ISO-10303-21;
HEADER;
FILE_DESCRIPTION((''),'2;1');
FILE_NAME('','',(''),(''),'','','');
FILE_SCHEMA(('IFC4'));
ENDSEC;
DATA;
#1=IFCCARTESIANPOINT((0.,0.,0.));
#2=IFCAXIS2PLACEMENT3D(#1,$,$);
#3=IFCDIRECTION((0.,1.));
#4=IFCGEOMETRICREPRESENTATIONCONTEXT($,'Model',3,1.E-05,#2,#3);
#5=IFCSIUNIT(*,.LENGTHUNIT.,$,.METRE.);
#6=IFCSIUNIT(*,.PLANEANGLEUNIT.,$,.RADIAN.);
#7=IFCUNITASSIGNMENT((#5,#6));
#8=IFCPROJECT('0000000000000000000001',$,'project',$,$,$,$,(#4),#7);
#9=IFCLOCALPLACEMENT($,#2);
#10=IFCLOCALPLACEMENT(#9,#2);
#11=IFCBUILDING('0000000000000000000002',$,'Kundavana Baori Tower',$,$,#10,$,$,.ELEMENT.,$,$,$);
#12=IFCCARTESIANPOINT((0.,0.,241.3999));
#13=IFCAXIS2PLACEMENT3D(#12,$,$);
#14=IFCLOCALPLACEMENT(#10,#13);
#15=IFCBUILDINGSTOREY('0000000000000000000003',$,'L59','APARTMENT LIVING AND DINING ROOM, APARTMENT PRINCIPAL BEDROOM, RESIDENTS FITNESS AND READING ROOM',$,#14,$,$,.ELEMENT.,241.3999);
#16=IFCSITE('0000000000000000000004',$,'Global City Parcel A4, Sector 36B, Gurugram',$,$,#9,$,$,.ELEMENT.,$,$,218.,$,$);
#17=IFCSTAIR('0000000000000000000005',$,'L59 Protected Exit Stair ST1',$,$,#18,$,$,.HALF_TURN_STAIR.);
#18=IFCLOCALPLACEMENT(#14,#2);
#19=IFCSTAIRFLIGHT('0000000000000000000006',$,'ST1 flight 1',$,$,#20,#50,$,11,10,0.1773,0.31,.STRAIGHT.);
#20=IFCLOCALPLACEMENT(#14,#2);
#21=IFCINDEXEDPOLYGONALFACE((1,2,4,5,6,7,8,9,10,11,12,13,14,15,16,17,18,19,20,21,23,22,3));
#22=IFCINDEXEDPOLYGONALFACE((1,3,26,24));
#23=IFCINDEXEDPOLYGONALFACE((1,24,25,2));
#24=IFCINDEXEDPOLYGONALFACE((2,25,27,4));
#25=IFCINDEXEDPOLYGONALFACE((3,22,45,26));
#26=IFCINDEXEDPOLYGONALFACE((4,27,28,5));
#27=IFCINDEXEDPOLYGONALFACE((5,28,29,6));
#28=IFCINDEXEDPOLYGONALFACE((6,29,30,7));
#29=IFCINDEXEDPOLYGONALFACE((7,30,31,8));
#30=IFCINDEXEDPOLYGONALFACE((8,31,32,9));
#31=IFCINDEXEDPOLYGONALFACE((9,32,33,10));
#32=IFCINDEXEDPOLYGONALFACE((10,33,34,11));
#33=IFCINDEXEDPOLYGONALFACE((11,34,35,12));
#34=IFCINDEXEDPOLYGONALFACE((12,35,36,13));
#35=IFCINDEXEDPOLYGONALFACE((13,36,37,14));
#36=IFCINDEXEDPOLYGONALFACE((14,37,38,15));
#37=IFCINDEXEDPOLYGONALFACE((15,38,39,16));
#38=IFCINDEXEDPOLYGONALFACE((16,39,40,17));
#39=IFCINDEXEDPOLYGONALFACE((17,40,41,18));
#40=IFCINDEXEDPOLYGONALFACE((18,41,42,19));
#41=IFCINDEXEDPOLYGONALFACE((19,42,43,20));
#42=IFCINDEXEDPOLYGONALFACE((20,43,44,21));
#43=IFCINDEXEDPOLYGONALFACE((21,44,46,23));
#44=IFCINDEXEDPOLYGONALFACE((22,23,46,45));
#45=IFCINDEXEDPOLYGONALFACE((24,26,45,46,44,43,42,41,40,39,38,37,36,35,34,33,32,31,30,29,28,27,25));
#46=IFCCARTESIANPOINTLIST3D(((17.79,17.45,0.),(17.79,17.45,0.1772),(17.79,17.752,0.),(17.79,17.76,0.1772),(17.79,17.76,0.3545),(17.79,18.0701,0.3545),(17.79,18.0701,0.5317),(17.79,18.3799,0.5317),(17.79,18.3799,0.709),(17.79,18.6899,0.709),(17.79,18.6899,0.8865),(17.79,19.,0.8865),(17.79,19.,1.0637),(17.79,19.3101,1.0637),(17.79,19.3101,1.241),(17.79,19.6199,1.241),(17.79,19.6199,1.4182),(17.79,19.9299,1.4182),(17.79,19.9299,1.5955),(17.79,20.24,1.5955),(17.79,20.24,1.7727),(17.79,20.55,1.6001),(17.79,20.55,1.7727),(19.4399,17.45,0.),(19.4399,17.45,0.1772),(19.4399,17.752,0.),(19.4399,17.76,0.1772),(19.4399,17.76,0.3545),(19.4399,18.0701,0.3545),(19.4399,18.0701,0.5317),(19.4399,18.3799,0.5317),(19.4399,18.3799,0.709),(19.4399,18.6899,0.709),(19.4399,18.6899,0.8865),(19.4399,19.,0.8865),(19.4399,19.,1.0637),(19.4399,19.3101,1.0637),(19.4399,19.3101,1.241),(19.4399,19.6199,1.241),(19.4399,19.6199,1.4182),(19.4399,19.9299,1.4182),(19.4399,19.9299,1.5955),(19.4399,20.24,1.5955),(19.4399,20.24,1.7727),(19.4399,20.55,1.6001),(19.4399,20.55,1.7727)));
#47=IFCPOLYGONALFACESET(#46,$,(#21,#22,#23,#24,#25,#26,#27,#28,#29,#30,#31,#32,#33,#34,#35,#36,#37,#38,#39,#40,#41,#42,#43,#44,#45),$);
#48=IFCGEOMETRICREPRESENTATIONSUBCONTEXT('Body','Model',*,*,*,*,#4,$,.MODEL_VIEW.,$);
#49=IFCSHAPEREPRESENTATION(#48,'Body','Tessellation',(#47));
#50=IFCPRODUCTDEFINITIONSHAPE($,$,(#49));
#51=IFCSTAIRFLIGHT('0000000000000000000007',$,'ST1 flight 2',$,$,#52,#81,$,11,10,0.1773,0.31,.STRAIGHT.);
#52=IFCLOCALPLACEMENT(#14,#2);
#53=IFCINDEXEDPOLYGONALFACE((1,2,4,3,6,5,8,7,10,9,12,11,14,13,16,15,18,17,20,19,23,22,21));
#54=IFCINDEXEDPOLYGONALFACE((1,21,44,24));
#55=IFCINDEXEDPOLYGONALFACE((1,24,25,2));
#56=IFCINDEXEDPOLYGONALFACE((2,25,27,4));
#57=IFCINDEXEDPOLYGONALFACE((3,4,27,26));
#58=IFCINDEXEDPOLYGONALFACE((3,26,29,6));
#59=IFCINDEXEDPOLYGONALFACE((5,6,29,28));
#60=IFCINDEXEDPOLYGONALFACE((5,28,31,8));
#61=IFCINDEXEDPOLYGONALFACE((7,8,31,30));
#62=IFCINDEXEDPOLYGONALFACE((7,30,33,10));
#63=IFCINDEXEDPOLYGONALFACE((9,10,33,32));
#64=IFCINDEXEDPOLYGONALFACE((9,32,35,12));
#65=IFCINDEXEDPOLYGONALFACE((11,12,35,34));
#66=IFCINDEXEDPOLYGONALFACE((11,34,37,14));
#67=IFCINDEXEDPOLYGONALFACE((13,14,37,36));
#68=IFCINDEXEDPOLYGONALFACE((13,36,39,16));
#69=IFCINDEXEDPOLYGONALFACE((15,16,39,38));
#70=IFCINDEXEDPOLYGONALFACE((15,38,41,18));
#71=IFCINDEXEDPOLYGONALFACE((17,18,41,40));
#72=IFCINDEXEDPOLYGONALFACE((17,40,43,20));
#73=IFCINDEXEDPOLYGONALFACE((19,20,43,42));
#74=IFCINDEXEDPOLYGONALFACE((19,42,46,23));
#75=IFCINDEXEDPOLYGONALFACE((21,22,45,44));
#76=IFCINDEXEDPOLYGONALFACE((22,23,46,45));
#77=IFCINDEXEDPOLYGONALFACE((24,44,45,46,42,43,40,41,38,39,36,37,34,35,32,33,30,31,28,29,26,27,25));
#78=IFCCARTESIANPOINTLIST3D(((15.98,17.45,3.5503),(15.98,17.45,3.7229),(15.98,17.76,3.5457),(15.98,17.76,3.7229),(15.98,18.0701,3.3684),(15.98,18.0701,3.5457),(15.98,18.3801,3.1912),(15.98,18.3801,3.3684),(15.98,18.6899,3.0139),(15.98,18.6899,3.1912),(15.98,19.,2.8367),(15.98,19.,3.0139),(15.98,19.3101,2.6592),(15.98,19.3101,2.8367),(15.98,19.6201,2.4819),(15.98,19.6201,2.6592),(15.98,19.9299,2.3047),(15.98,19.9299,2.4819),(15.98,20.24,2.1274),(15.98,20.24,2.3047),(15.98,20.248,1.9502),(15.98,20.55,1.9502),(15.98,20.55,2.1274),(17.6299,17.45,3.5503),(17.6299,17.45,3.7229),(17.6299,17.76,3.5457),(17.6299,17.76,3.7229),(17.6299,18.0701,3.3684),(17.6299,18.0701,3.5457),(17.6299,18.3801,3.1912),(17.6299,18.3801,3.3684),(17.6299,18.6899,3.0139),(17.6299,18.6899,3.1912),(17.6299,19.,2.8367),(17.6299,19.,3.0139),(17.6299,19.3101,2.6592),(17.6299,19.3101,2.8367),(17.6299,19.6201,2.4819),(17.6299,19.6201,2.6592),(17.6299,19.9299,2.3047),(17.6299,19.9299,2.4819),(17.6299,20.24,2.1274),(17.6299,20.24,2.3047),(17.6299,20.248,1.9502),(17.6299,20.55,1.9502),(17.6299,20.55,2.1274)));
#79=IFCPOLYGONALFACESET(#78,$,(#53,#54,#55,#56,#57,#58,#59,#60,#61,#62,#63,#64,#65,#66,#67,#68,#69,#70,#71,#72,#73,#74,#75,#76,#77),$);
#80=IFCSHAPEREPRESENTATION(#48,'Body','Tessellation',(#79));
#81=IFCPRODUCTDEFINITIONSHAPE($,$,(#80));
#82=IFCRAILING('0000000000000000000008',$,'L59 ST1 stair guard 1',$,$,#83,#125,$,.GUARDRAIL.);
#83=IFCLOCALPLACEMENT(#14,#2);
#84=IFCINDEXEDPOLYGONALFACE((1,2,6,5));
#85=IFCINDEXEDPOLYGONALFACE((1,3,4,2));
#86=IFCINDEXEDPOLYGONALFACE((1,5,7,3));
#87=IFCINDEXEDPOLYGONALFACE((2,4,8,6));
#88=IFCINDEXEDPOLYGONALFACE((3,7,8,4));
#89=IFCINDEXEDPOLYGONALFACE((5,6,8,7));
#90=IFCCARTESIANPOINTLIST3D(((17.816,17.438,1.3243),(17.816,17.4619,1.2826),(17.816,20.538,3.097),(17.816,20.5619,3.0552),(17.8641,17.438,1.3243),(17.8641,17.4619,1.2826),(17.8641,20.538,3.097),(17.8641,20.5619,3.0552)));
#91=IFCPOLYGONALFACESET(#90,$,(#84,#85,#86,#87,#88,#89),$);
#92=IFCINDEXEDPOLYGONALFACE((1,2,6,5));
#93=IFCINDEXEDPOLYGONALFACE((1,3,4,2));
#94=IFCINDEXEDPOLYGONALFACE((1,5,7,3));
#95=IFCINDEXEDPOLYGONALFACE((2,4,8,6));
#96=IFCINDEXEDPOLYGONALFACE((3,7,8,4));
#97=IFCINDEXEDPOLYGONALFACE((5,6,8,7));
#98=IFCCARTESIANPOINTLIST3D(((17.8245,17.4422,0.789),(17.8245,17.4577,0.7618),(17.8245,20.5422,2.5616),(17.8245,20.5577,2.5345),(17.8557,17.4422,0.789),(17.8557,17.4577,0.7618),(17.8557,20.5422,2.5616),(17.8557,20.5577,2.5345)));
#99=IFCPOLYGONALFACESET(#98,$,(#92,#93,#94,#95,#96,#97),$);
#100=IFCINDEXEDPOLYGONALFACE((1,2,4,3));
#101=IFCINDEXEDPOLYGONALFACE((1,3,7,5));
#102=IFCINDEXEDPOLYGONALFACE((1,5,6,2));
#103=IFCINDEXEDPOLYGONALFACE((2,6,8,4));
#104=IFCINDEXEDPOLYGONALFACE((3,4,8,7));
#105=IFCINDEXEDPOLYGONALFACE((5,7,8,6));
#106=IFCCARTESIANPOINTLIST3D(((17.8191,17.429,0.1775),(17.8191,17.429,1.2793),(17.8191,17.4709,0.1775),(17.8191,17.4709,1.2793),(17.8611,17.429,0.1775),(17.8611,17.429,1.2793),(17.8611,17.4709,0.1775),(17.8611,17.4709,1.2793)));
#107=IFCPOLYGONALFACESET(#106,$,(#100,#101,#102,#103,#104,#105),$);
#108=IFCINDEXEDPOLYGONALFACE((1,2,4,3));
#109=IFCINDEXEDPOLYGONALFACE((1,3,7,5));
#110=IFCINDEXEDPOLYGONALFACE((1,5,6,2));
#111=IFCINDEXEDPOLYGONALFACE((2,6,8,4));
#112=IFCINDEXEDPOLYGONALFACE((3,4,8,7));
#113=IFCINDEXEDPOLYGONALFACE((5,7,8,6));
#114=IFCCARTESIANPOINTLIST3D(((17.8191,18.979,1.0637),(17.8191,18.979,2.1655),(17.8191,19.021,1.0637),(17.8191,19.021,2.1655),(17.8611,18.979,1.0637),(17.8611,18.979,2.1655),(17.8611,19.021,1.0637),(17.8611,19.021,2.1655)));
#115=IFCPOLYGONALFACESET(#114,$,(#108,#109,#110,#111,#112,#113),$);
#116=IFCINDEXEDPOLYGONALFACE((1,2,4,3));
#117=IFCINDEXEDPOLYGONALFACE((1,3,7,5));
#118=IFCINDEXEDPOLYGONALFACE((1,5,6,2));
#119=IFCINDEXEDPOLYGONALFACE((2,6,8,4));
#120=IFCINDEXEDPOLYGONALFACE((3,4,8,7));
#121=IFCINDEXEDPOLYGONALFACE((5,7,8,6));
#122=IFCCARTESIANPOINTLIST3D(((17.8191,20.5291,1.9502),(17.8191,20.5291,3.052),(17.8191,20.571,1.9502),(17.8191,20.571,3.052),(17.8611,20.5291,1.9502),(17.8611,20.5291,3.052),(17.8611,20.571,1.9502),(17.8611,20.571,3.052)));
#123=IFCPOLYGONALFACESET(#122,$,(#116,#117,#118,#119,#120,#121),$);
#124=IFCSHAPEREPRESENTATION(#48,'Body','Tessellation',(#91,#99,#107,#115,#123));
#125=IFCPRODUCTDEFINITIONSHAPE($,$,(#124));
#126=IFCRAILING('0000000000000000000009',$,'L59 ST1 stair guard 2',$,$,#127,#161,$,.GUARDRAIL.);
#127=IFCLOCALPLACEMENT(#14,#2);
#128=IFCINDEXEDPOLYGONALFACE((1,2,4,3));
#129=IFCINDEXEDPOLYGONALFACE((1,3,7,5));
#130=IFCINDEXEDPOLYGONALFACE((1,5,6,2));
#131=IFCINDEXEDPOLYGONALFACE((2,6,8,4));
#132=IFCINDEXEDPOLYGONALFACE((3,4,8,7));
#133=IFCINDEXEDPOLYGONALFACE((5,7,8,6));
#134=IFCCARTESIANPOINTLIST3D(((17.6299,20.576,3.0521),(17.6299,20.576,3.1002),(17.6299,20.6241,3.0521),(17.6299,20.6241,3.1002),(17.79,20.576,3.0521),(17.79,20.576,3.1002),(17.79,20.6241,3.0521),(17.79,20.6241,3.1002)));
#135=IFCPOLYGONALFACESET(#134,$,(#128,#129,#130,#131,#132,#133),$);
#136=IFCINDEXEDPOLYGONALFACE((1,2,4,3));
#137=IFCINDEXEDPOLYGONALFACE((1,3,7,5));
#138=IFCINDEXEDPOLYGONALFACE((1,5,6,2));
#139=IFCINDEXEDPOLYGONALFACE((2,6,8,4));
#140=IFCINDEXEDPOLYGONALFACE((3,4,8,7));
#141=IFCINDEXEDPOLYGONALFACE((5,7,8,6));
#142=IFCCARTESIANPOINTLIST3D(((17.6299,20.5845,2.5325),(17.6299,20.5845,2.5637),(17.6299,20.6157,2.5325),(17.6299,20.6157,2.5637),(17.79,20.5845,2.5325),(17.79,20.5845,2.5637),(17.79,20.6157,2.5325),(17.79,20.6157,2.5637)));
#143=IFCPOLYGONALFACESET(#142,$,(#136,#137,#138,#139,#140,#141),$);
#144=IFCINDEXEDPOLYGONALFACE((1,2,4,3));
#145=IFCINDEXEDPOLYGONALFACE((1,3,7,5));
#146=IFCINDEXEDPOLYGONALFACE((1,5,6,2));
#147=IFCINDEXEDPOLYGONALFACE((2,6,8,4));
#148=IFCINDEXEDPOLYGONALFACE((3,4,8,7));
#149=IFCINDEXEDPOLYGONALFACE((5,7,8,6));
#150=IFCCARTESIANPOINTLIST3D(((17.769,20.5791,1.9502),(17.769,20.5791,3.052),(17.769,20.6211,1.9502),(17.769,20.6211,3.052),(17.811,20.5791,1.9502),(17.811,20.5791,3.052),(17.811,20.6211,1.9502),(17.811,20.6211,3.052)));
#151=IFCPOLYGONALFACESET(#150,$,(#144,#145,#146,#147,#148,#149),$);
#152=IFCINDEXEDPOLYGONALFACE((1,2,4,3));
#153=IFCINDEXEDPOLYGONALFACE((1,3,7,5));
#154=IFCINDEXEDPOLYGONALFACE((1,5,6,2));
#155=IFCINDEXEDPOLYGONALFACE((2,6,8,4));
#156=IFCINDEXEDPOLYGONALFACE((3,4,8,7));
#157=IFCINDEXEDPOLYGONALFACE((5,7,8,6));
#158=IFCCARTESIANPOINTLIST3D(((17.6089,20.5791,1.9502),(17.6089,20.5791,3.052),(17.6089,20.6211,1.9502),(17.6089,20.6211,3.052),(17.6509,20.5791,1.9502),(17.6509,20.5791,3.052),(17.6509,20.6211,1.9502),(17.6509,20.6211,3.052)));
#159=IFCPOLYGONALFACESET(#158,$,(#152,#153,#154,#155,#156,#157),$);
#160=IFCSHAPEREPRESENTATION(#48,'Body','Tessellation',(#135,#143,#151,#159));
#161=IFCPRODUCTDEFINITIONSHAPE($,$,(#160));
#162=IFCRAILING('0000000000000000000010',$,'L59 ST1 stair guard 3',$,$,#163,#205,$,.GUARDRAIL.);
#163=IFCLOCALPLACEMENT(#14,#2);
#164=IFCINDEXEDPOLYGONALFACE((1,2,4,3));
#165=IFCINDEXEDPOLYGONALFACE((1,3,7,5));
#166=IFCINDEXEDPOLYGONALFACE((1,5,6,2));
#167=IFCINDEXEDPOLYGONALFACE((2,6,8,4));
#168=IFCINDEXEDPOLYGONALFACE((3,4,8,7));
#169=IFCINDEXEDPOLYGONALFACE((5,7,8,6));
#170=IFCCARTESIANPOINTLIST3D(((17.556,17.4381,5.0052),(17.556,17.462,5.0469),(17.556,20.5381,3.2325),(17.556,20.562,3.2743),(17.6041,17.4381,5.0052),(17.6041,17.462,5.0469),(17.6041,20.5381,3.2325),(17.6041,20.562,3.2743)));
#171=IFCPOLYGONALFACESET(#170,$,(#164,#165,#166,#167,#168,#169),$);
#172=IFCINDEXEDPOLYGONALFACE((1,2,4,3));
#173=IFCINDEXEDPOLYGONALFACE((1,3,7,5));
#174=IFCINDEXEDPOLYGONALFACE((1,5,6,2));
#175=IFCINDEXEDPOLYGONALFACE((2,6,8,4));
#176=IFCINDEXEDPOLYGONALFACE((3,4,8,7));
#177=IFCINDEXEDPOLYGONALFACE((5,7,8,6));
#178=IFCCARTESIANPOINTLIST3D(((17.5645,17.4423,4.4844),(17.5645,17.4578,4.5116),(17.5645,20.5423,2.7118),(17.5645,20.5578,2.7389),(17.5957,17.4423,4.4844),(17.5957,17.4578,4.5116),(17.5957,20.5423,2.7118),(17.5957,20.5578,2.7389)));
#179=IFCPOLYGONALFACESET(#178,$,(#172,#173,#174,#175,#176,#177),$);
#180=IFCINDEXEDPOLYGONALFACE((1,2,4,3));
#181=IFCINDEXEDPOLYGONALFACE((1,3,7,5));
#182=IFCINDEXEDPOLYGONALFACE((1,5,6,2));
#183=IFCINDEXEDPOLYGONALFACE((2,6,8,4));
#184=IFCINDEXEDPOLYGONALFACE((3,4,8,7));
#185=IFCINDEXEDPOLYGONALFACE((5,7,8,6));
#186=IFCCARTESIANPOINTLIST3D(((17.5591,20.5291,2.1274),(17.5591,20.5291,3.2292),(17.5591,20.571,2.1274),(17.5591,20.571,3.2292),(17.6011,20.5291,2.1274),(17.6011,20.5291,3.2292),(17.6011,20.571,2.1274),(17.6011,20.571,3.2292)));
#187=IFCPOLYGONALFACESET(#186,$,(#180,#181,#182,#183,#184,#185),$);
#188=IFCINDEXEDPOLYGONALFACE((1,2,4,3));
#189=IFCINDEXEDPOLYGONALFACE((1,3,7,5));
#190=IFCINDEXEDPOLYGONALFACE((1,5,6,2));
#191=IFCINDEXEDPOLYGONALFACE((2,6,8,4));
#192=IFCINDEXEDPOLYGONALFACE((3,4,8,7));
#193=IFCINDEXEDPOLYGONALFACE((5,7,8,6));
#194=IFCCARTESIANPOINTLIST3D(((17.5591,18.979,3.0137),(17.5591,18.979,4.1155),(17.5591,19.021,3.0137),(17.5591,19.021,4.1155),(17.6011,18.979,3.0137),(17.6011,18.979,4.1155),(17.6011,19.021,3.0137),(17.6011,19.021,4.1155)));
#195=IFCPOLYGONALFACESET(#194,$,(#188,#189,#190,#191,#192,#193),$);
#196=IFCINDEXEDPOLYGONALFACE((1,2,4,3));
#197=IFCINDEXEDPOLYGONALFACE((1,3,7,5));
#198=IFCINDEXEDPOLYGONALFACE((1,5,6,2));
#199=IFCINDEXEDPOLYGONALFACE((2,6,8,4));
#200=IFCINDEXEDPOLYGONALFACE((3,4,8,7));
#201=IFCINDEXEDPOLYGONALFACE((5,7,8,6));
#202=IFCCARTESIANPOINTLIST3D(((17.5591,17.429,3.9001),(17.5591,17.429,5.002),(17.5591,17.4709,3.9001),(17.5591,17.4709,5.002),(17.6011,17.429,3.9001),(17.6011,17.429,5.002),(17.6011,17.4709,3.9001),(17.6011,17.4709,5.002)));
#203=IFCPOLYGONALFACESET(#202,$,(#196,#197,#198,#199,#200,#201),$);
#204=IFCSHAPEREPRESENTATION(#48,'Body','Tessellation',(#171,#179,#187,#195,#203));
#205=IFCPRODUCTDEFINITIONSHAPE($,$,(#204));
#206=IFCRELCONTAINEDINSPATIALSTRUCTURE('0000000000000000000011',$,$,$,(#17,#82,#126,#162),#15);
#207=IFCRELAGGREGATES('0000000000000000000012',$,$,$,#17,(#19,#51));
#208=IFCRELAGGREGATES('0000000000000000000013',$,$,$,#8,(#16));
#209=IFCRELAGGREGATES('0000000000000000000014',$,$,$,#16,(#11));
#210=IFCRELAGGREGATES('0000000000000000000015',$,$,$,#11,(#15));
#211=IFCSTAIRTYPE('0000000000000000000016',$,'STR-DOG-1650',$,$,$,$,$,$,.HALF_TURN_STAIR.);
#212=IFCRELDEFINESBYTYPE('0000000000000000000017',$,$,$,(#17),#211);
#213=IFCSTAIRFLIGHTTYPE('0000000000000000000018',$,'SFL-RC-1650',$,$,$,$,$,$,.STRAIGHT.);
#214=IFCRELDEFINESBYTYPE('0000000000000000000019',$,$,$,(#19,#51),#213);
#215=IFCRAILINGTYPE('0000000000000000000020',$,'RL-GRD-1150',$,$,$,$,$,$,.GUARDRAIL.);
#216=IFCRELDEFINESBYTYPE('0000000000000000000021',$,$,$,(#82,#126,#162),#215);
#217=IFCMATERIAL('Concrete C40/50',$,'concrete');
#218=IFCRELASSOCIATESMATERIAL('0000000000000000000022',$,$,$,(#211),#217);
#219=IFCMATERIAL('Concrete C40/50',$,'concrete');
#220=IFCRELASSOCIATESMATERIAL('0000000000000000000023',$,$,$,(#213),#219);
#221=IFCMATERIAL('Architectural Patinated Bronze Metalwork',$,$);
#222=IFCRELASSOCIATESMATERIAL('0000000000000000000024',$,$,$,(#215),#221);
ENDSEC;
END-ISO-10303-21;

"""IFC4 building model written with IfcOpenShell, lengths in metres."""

from ifc_helpers import new_model, si_unit, direction, frame, origin, origin_2d, place, context, subcontext, project, spatial, polyline, rectangle, outline, extrude, material, type_object, element, aggregate, save


model = new_model("IFC4")

# Units and contexts
model_context = context("Model", 3, precision=1e-05, world=origin(), true_north=direction((0.0, 1.0)))
body_context = subcontext(model_context, "Body", "Model", "MODEL_VIEW")
ifc_project = project(units=[si_unit("LENGTHUNIT", "METRE"), si_unit("PLANEANGLEUNIT", "RADIAN")], contexts=[model_context])

# Site, building, storey
site_placement = place(None, origin())
site = spatial("IfcSite", under=ifc_project, at=site_placement, Name="Global City Parcel A4, Sector 36B, Gurugram", CompositionType="ELEMENT", RefElevation=218.0)
building_placement = place(site_placement, origin())
building = spatial("IfcBuilding", under=site, at=building_placement, Name="Kundavana Baori Tower", CompositionType="ELEMENT")
storey_placement = place(building_placement, frame((0.0, 0.0, 241.3999)))
storey = spatial("IfcBuildingStorey", under=building, at=storey_placement, Name="L59", Description="APARTMENT LIVING AND DINING ROOM, APARTMENT PRINCIPAL BEDROOM, RESIDENTS FITNESS AND READING ROOM", CompositionType="ELEMENT", Elevation=241.3999)

# Stair, stair flights
ifc_material_1 = material(Name="Concrete C40/50", Category="concrete")
stair_type = type_object("IfcStairType", Name="STR-DOG-1650", PredefinedType="HALF_TURN_STAIR", material=ifc_material_1)
stair_placement = place(storey_placement, origin())
stair = element("IfcStair", 1, at=stair_placement, inside=storey, type_object=stair_type, Name="L59 Protected Exit Stair ST1", PredefinedType="HALF_TURN_STAIR")
ifc_material_2 = material(Name="Concrete C40/50", Category="concrete")
stair_flight_type = type_object("IfcStairFlightType", Name="SFL-RC-1650", PredefinedType="STRAIGHT", material=ifc_material_2)
stair_flight_1_placement = place(storey_placement, frame((18.615, 17.45, 0.0), z_axis=(0.0, 0.0, 1.0), x_axis=(0.0, 1.0, 0.0)))
stair_flight_1 = element("IfcStairFlight", 2, at=stair_flight_1_placement, type_object=stair_flight_type, Name="ST1 flight 1", NumberOfRisers=11, NumberOfTreads=10, PredefinedType="STRAIGHT", RiserHeight=0.1773, TreadLength=0.31, context=body_context, shape_type="SweptSolid", body=[
    extrude(outline(polyline([(0.0, 0.0), (0.0, 0.1772), (0.3101, 0.1772), (0.3101, 0.3545), (0.6201, 0.3545), (0.6201, 0.5317), (0.9299, 0.5317), (0.9299, 0.709), (1.24, 0.709), (1.24, 0.8865), (1.55, 0.8865), (1.55, 1.0637), (1.8601, 1.0637), (1.8601, 1.241), (2.1699, 1.241), (2.1699, 1.4182), (2.48, 1.4182), (2.48, 1.5955), (2.79, 1.5955), (2.79, 1.7727), (3.1001, 1.7727), (3.1001, 1.95), (3.1001, 1.6001), (0.302, 0.0), (0.0, 0.0)])), frame((0.0, 0.825, 0.0), z_axis=(0.0, -1.0, 0.0), x_axis=(1.0, 0.0, 0.0)), (0.0, 0.0, 1.0), 1.6499),
])
stair_flight_2_placement = place(storey_placement, frame((16.8049, 20.55, 1.9502), z_axis=(0.0, 0.0, 1.0), x_axis=(0.0, -1.0, 0.0)))
stair_flight_2 = element("IfcStairFlight", 3, at=stair_flight_2_placement, type_object=stair_flight_type, Name="ST1 flight 2", NumberOfRisers=11, NumberOfTreads=10, PredefinedType="STRAIGHT", RiserHeight=0.1773, TreadLength=0.31, context=body_context, shape_type="SweptSolid", body=[
    extrude(outline(polyline([(0.0, 0.0), (0.0, 0.1772), (0.3101, 0.1772), (0.3101, 0.3545), (0.6201, 0.3545), (0.6201, 0.5317), (0.9299, 0.5317), (0.9299, 0.709), (1.24, 0.709), (1.24, 0.8865), (1.55, 0.8865), (1.55, 1.0637), (1.8601, 1.0637), (1.8601, 1.241), (2.1699, 1.241), (2.1699, 1.4182), (2.48, 1.4182), (2.48, 1.5955), (2.79, 1.5955), (2.79, 1.7727), (3.1001, 1.7727), (3.1001, 1.95), (3.1001, 1.6001), (0.302, 0.0), (0.0, 0.0)])), frame((0.0, 0.825, 0.0), z_axis=(0.0, -1.0, 0.0), x_axis=(1.0, 0.0, 0.0)), (0.0, 0.0, 1.0), 1.6499),
])
aggregate(stair, [stair_flight_1, stair_flight_2])

# Railings
ifc_material_3 = material(Name="Architectural Patinated Bronze Metalwork")
railing_type_1 = type_object("IfcRailingType", Name="RL-GRD-1150", PredefinedType="GUARDRAIL", material=ifc_material_3)
railing_1_placement = place(storey_placement, frame((17.8401, 17.45, 0.1775)))
element("IfcRailing", 4, at=railing_1_placement, inside=storey, type_object=railing_type_1, Name="L59 ST1 stair guard 1", PredefinedType="GUARDRAIL", context=body_context, shape_type="SweptSolid", body=[
    extrude(rectangle(XDim=0.0481, YDim=0.0481, at=origin_2d()), frame((0.0, 0.0, 1.126), z_axis=(0.0, 0.868096, 0.496397), x_axis=(-1.0, 0.0, 0.0)), (0.0, 0.0, 1.0), 3.571),
    extrude(rectangle(XDim=0.0312, YDim=0.0312, at=origin_2d()), frame((0.0, 0.0, 0.5979), z_axis=(0.0, 0.868096, 0.496397), x_axis=(-1.0, 0.0, 0.0)), (0.0, 0.0, 1.0), 3.571),
    extrude(rectangle(XDim=0.042, YDim=0.042, at=origin_2d()), origin(), (0.0, 0.0, 1.0), 1.1018),
    extrude(rectangle(XDim=0.042, YDim=0.042, at=origin_2d()), frame((0.0, 1.55, 0.8862)), (0.0, 0.0, 1.0), 1.1018),
    extrude(rectangle(XDim=0.042, YDim=0.042, at=origin_2d()), frame((0.0, 3.1001, 1.7727)), (0.0, 0.0, 1.0), 1.1018),
])
railing_2_placement = place(storey_placement, frame((17.79, 20.6001, 1.9502)))
element("IfcRailing", 5, at=railing_2_placement, inside=storey, type_object=railing_type_1, Name="L59 ST1 stair guard 2", PredefinedType="GUARDRAIL", context=body_context, shape_type="SweptSolid", body=[
    extrude(rectangle(XDim=0.0481, YDim=0.0481, at=origin_2d()), frame((0.0, 0.0, 1.126), z_axis=(-1.0, 0.0, 0.0), x_axis=(0.0, -1.0, 0.0)), (0.0, 0.0, 1.0), 0.1602),
    extrude(rectangle(XDim=0.0312, YDim=0.0312, at=origin_2d()), frame((0.0, 0.0, 0.5979), z_axis=(-1.0, 0.0, 0.0), x_axis=(0.0, -1.0, 0.0)), (0.0, 0.0, 1.0), 0.1602),
    extrude(rectangle(XDim=0.042, YDim=0.042, at=origin_2d()), origin(), (0.0, 0.0, 1.0), 1.1018),
    extrude(rectangle(XDim=0.042, YDim=0.042, at=origin_2d()), frame((-0.1602, 0.0, 0.0)), (0.0, 0.0, 1.0), 1.1018),
])
railing_3_placement = place(storey_placement, frame((17.5801, 20.55, 2.1274)))
element("IfcRailing", 6, at=railing_3_placement, inside=storey, type_object=railing_type_1, Name="L59 ST1 stair guard 3", PredefinedType="GUARDRAIL", context=body_context, shape_type="SweptSolid", body=[
    extrude(rectangle(XDim=0.0481, YDim=0.0481, at=origin_2d()), frame((0.0, 0.0, 1.126), z_axis=(0.0, -0.868096, 0.496397), x_axis=(1.0, 0.0, 0.0)), (0.0, 0.0, 1.0), 3.571),
    extrude(rectangle(XDim=0.0312, YDim=0.0312, at=origin_2d()), frame((0.0, 0.0, 0.5979), z_axis=(0.0, -0.868096, 0.496397), x_axis=(1.0, 0.0, 0.0)), (0.0, 0.0, 1.0), 3.571),
    extrude(rectangle(XDim=0.042, YDim=0.042, at=origin_2d()), origin(), (0.0, 0.0, 1.0), 1.1018),
    extrude(rectangle(XDim=0.042, YDim=0.042, at=origin_2d()), frame((0.0, -1.55, 0.8862)), (0.0, 0.0, 1.0), 1.1018),
    extrude(rectangle(XDim=0.042, YDim=0.042, at=origin_2d()), frame((0.0, -3.1001, 1.7727)), (0.0, 0.0, 1.0), 1.1018),
])

save(model, "model.ifc")
